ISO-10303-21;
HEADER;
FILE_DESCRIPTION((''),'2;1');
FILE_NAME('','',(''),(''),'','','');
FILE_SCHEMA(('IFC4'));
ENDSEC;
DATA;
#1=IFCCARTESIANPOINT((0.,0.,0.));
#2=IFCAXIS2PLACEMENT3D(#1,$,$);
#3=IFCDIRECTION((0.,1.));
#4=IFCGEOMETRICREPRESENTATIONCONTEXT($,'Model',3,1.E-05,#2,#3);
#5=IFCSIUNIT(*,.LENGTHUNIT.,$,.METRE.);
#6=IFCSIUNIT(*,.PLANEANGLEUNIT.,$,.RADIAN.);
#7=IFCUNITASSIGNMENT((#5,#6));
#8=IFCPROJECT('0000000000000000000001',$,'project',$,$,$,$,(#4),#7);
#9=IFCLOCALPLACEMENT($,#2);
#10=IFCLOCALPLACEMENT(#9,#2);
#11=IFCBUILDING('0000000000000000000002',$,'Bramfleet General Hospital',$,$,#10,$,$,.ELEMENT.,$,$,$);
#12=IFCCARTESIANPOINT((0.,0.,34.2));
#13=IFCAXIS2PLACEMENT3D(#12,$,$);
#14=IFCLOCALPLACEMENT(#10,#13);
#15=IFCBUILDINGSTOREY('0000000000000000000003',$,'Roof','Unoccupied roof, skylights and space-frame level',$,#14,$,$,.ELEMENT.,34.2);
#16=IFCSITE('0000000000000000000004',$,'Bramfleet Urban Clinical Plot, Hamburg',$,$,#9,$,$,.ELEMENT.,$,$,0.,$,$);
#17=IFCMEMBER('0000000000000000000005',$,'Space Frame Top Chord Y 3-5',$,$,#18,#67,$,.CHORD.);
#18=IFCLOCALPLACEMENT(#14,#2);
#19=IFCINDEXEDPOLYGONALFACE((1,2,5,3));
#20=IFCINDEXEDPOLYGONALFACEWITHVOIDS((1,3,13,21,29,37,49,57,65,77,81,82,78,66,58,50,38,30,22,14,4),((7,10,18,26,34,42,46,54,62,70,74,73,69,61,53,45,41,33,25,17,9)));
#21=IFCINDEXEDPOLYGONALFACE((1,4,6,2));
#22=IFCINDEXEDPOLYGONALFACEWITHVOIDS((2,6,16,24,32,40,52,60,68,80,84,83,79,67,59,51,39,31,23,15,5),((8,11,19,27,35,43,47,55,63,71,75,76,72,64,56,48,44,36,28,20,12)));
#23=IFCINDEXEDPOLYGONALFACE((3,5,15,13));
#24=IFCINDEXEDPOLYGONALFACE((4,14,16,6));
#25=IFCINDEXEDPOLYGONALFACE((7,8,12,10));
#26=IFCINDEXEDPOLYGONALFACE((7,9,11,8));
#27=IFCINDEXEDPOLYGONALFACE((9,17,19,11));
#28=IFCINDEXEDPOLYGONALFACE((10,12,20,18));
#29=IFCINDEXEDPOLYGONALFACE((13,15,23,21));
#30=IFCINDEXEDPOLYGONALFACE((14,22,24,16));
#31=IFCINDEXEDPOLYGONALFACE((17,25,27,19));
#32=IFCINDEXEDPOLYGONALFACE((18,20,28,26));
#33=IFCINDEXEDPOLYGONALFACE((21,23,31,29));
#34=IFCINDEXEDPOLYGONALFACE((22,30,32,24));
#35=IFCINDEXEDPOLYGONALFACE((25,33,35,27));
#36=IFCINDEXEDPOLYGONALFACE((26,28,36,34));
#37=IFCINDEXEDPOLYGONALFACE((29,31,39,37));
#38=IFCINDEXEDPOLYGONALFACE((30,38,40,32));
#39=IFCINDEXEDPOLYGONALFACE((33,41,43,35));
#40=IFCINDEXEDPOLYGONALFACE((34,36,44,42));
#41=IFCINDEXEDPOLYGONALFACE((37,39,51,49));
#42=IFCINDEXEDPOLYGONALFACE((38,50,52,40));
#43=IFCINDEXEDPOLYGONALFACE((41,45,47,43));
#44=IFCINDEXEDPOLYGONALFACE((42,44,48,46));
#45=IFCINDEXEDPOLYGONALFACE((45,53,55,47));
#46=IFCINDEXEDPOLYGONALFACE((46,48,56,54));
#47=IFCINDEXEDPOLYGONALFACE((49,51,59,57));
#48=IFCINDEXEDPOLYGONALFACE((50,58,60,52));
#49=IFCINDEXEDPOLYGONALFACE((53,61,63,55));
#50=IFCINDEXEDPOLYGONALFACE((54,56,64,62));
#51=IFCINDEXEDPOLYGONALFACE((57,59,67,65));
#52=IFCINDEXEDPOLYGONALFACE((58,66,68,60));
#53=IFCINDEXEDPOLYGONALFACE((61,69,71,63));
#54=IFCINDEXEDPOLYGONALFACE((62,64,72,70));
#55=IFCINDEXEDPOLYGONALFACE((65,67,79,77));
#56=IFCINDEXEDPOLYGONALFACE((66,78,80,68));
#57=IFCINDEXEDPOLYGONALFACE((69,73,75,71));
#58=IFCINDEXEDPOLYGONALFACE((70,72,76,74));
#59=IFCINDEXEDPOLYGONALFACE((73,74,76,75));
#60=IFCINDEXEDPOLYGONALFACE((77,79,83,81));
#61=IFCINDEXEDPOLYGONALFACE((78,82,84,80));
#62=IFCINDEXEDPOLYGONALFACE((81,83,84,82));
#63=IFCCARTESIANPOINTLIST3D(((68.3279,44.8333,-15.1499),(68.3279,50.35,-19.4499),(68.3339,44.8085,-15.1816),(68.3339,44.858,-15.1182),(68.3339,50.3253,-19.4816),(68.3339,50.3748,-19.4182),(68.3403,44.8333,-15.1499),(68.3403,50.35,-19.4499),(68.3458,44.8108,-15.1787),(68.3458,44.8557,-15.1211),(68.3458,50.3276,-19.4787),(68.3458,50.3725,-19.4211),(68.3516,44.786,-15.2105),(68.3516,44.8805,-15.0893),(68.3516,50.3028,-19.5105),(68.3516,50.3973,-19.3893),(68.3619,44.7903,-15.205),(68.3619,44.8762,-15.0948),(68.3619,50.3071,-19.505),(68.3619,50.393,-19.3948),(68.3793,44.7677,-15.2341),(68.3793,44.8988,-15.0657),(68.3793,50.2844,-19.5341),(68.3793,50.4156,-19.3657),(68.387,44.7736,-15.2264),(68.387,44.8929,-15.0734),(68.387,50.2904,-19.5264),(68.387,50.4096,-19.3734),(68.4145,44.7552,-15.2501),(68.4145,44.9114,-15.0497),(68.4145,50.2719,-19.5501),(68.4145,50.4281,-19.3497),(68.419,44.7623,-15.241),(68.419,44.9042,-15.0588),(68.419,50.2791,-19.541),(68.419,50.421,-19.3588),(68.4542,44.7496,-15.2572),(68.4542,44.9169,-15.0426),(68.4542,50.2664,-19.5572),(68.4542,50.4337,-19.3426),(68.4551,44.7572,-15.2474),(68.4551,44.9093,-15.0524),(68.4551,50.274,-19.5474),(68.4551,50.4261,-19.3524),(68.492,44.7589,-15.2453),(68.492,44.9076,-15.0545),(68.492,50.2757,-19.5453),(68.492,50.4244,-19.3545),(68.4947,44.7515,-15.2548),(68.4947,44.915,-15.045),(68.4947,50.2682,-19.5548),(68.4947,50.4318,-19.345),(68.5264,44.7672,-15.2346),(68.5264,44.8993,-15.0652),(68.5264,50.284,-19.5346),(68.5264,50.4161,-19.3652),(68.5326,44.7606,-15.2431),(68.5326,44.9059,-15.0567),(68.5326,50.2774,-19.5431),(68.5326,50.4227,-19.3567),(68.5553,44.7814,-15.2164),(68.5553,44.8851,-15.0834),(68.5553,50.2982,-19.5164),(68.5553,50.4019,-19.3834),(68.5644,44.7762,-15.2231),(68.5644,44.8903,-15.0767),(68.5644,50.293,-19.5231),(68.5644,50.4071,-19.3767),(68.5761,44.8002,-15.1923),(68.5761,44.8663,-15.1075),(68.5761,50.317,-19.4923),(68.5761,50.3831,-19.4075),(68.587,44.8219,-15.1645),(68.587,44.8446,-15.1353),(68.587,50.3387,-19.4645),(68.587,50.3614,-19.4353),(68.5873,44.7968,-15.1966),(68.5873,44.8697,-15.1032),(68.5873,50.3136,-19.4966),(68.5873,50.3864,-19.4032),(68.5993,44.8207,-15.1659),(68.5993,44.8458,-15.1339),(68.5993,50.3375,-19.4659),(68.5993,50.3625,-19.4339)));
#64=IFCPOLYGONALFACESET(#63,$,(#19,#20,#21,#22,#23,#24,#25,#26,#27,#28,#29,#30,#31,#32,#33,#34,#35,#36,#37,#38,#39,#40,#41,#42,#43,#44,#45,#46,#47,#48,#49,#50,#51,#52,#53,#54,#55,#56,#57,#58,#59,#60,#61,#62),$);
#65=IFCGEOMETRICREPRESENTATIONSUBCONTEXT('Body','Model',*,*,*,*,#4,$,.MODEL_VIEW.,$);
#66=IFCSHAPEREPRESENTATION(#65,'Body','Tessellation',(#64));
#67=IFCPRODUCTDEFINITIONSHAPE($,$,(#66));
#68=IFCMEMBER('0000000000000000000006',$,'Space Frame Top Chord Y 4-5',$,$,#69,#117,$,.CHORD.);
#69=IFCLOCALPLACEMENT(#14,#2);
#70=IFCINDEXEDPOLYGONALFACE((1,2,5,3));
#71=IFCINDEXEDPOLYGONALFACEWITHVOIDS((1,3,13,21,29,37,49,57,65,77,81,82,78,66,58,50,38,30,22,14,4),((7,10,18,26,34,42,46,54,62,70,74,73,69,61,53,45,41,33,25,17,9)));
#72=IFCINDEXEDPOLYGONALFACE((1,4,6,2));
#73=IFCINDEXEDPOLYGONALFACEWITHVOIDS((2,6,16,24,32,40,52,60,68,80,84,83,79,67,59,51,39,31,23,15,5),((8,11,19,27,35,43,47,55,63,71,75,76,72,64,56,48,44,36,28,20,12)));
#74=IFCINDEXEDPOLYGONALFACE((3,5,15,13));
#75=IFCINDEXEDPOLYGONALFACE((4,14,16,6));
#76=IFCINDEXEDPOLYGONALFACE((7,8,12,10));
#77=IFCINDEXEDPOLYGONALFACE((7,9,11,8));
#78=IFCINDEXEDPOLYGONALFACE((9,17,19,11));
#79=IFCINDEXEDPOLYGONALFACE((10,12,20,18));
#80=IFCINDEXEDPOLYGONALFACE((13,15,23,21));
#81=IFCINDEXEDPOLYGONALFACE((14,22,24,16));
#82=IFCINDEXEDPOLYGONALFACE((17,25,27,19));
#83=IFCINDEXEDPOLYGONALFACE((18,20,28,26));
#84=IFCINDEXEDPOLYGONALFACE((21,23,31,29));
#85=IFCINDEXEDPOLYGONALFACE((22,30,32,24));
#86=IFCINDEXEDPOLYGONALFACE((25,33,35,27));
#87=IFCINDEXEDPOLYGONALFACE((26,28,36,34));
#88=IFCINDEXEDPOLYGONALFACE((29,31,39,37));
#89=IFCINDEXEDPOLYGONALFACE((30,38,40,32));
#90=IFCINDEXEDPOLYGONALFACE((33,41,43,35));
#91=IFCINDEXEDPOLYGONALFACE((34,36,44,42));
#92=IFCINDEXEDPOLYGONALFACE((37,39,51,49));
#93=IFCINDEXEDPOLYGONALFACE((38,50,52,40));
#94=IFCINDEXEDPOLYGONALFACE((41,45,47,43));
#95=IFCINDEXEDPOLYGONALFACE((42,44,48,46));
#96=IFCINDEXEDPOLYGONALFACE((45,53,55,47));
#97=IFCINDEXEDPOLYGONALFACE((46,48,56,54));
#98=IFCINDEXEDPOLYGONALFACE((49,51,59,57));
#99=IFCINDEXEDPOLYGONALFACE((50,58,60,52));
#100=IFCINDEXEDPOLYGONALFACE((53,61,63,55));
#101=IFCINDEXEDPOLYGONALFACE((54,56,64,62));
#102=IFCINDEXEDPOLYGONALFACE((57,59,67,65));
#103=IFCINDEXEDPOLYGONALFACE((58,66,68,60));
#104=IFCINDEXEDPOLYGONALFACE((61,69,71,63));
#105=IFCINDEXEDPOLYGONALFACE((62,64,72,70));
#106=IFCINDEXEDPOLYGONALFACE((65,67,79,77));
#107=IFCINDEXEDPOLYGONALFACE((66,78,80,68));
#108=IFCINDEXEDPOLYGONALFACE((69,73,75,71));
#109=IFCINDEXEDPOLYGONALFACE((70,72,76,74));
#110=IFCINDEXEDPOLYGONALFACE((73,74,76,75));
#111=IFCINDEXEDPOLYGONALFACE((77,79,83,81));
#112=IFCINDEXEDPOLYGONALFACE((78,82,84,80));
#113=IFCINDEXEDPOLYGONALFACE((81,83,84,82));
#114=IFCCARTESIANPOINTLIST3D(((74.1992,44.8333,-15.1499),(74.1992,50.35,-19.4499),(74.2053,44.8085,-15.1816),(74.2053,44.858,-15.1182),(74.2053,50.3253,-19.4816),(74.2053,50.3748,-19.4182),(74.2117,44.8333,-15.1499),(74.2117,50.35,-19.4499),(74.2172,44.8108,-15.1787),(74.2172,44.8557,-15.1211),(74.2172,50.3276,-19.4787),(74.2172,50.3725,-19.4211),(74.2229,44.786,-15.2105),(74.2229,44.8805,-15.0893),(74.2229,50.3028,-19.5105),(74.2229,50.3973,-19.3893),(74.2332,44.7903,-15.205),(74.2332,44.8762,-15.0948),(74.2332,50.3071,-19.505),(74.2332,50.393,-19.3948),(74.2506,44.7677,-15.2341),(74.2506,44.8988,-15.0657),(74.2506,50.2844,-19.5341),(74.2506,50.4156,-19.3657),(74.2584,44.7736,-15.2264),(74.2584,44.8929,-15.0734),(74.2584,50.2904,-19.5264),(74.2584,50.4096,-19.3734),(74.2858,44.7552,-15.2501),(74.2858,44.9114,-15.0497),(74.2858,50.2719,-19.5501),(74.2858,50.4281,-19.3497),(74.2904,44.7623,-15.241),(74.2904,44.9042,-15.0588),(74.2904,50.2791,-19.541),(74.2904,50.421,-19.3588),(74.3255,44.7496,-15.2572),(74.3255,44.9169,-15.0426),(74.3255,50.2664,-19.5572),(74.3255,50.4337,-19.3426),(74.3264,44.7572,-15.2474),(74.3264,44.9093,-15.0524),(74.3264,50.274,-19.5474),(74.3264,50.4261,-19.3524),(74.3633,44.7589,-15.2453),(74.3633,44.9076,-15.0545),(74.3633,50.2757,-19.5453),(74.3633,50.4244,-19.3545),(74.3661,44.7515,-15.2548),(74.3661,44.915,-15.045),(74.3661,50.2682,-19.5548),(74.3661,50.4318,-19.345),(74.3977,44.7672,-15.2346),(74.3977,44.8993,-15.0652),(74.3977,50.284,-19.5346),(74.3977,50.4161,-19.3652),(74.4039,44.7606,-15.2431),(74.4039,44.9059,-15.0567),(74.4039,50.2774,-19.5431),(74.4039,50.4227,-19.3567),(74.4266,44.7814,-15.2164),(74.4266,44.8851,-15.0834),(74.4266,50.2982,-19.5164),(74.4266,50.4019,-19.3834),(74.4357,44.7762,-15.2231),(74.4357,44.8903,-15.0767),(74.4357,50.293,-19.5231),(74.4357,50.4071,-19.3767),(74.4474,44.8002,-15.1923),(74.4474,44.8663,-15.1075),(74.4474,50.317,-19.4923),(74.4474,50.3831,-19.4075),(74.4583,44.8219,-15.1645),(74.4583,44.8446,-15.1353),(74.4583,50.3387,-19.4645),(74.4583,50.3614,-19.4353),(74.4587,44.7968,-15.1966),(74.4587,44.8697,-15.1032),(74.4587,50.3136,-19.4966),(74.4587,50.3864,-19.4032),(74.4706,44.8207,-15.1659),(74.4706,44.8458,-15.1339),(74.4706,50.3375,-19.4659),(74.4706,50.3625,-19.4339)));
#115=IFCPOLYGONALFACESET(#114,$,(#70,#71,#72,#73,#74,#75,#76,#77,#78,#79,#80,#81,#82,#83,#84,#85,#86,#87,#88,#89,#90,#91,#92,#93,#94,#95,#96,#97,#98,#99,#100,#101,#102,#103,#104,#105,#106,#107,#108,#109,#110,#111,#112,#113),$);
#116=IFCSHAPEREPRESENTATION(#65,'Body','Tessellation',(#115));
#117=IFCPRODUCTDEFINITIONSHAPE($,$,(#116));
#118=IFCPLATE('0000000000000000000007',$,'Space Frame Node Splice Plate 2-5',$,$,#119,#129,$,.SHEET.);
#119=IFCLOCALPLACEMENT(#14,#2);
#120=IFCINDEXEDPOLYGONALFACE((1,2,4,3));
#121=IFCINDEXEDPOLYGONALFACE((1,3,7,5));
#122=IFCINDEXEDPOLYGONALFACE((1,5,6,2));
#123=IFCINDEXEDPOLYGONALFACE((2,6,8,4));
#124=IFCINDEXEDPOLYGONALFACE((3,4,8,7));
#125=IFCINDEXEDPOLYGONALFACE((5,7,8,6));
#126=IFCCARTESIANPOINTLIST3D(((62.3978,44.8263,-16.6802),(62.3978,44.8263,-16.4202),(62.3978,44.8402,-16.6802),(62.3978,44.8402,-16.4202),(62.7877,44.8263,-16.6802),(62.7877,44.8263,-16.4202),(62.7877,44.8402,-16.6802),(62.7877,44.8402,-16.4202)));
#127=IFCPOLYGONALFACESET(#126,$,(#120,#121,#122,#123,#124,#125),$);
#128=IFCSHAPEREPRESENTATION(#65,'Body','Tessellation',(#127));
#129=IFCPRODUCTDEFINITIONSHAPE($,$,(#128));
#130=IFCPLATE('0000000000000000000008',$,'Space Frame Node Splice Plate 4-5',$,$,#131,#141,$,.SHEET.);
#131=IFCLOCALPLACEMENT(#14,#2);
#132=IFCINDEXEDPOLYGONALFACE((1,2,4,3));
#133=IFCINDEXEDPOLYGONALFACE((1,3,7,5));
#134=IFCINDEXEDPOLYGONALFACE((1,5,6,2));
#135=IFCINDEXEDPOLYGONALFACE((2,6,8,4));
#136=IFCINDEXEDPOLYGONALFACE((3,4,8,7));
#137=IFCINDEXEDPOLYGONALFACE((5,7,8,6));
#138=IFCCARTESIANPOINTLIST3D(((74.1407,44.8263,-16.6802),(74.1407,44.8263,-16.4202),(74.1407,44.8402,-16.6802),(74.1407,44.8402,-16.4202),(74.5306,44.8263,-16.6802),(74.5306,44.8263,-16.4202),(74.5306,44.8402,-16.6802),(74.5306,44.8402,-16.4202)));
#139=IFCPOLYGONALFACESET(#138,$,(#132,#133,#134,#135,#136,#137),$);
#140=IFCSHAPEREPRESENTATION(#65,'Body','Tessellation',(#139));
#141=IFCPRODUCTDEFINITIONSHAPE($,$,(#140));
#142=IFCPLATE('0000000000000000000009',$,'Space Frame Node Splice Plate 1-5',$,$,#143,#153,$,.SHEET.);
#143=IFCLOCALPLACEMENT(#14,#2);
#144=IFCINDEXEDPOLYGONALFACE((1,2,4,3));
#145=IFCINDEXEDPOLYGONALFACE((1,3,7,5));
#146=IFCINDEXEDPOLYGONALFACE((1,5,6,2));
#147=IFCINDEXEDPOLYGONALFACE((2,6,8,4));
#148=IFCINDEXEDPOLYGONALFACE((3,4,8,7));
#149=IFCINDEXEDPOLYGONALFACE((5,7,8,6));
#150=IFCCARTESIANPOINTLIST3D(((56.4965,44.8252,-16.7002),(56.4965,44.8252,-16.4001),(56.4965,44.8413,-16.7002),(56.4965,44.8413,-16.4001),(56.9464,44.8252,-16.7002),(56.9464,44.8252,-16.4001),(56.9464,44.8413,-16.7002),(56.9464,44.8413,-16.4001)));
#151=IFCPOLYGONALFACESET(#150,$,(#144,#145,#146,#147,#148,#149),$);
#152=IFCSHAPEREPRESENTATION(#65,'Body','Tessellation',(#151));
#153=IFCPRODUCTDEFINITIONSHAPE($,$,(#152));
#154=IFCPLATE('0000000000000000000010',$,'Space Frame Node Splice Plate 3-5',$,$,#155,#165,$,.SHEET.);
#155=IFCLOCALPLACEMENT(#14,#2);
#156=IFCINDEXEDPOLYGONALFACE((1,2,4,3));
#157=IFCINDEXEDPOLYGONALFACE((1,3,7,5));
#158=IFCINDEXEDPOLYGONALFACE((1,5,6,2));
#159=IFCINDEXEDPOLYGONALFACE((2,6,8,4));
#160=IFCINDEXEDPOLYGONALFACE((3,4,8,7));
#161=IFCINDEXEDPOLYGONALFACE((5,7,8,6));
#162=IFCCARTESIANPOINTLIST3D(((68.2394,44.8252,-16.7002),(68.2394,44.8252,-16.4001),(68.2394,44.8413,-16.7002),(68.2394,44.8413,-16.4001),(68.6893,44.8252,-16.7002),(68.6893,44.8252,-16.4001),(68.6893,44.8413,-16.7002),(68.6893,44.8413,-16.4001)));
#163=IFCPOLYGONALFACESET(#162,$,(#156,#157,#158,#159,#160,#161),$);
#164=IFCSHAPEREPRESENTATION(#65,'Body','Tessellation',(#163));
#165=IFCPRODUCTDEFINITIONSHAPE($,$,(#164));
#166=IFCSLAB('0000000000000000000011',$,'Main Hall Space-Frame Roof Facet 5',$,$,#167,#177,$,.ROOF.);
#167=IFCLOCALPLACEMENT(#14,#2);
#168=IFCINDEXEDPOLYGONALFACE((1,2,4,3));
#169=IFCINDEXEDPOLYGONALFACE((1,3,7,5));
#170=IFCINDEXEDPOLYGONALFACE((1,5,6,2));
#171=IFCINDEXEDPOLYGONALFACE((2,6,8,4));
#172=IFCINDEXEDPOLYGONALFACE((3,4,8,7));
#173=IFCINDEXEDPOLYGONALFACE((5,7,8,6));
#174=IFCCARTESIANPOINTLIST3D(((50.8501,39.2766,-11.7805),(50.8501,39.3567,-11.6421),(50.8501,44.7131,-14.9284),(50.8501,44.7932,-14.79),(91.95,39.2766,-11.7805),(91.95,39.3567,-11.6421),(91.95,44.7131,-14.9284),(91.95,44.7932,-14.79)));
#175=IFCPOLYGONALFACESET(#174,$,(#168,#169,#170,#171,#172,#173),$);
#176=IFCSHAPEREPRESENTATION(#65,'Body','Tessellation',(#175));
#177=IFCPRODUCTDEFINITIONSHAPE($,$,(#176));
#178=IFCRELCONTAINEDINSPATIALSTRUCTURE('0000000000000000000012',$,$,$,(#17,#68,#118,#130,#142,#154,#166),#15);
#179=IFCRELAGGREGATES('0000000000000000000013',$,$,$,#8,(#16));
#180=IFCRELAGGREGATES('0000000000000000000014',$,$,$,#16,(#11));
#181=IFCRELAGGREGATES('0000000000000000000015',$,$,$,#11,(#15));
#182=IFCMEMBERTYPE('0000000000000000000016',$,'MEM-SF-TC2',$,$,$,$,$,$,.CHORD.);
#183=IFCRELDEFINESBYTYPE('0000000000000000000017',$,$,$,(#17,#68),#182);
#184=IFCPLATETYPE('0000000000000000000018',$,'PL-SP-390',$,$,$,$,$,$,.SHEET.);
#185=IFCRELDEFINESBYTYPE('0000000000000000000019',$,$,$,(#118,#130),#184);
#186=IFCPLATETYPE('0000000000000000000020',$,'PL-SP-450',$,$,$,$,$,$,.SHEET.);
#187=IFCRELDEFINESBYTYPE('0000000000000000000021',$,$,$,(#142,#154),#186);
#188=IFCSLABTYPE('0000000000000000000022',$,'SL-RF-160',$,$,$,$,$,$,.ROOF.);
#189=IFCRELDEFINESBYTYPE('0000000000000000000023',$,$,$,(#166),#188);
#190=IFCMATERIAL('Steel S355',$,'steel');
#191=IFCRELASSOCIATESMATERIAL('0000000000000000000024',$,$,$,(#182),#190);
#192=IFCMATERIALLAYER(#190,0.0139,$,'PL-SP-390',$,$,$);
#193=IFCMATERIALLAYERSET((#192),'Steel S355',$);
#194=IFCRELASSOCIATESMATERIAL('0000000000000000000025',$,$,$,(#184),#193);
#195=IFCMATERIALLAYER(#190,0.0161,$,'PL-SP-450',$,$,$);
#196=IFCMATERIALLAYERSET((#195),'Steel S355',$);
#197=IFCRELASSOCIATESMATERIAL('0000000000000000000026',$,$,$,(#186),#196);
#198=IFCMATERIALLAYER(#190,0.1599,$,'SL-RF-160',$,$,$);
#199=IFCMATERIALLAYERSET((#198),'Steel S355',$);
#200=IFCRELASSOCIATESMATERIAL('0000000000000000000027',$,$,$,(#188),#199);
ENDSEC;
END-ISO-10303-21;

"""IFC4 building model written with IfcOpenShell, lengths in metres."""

from ifc_helpers import new_model, si_unit, direction, frame, origin, origin_2d, place, context, subcontext, project, spatial, polyline, rectangle, hollow_circle, outline, extrude, material, layer, layer_set, material_profile, profile_set, type_object, element, save


model = new_model("IFC4")

# Units and contexts
model_context = context("Model", 3, precision=1e-05, world=origin(), true_north=direction((0.0, 1.0)))
body_context = subcontext(model_context, "Body", "Model", "MODEL_VIEW")
ifc_project = project(units=[si_unit("LENGTHUNIT", "METRE"), si_unit("PLANEANGLEUNIT", "RADIAN")], contexts=[model_context])

# Site, building, storey
site_placement = place(None, origin())
site = spatial("IfcSite", under=ifc_project, at=site_placement, Name="Bramfleet Urban Clinical Plot, Hamburg", CompositionType="ELEMENT", RefElevation=0.0)
building_placement = place(site_placement, origin())
building = spatial("IfcBuilding", under=site, at=building_placement, Name="Bramfleet General Hospital", CompositionType="ELEMENT")
storey_placement = place(building_placement, frame((0.0, 0.0, 34.2)))
storey = spatial("IfcBuildingStorey", under=building, at=storey_placement, Name="Roof", Description="Unoccupied roof, skylights and space-frame level", CompositionType="ELEMENT", Elevation=34.2)

# Members
ifc_material = material(Name="Steel S355", Category="steel")
ifc_material_profile_1 = material_profile(ifc_material, hollow_circle(Radius=0.1365, WallThickness=0.0125, at=origin_2d()), Name="CHS 273.0x12.5")
ifc_profile_set_1 = profile_set([ifc_material_profile_1], Name="Steel S355")
member_type_1 = type_object("IfcMemberType", Name="MEM-SF-TC2", PredefinedType="CHORD", material=ifc_profile_set_1)
for number, where, z_axis, x_axis, name in (
    (1, (68.4644, 44.8333, -15.1499), (0.0, 0.788717, -0.614757), (-1.0, 0.0, 0.0), "Space Frame Top Chord Y 3-5"),
    (2, (74.3357, 44.8333, -15.1499), (0.0, 0.788717, -0.614757), (-1.0, 0.0, 0.0), "Space Frame Top Chord Y 4-5"),
):
    element("IfcMember", number, at=place(storey_placement, frame(where, z_axis=z_axis, x_axis=x_axis)), inside=storey, type_object=member_type_1, Name=name, PredefinedType="CHORD", context=body_context, shape_type="SweptSolid", body=[
        extrude(hollow_circle(Radius=0.1365, WallThickness=0.0125, at=origin_2d()), origin(), (0.0, 0.0, 1.0), 6.9946),
    ])

# Plates
ifc_layer_1 = layer(ifc_material, 0.0139, Name="PL-SP-390")
ifc_layer_set_1 = layer_set([ifc_layer_1], Name="Steel S355")
plate_type_1 = type_object("IfcPlateType", Name="PL-SP-390", PredefinedType="SHEET", material=ifc_layer_set_1)
for number, where, z_axis, x_axis, name in (
    (3, (62.5928, 44.8333, -16.6802), (0.0, 0.0, 1.0), (1.0, 0.0, 0.0), "Space Frame Node Splice Plate 2-5"),
    (4, (74.3357, 44.8333, -16.6802), (0.0, 0.0, 1.0), (1.0, 0.0, 0.0), "Space Frame Node Splice Plate 4-5"),
):
    element("IfcPlate", number, at=place(storey_placement, frame(where, z_axis=z_axis, x_axis=x_axis)), inside=storey, type_object=plate_type_1, Name=name, PredefinedType="SHEET", context=body_context, shape_type="SweptSolid", body=[
        extrude(rectangle(XDim=0.3899, YDim=0.0139, at=origin_2d()), origin(), (0.0, 0.0, 1.0), 0.26),
    ])
ifc_layer_2 = layer(ifc_material, 0.0161, Name="PL-SP-450")
ifc_layer_set_2 = layer_set([ifc_layer_2], Name="Steel S355")
plate_type_2 = type_object("IfcPlateType", Name="PL-SP-450", PredefinedType="SHEET", material=ifc_layer_set_2)
for number, where, z_axis, x_axis, name in (
    (5, (56.7214, 44.8333, -16.7002), (0.0, 0.0, 1.0), (1.0, 0.0, 0.0), "Space Frame Node Splice Plate 1-5"),
    (6, (68.4644, 44.8333, -16.7002), (0.0, 0.0, 1.0), (1.0, 0.0, 0.0), "Space Frame Node Splice Plate 3-5"),
):
    element("IfcPlate", number, at=place(storey_placement, frame(where, z_axis=z_axis, x_axis=x_axis)), inside=storey, type_object=plate_type_2, Name=name, PredefinedType="SHEET", context=body_context, shape_type="SweptSolid", body=[
        extrude(rectangle(XDim=0.45, YDim=0.0161, at=origin_2d()), origin(), (0.0, 0.0, 1.0), 0.3),
    ])

# Slab
ifc_layer_3 = layer(ifc_material, 0.1599, Name="SL-RF-160")
ifc_layer_set_3 = layer_set([ifc_layer_3], Name="Steel S355")
slab_type = type_object("IfcSlabType", Name="SL-RF-160", PredefinedType="ROOF", material=ifc_layer_set_3)
slab_placement = place(storey_placement, frame((50.8501, 39.3567, -11.6421), z_axis=(0.0, 0.501094, 0.865393), x_axis=(1.0, 0.0, 0.0)))
element("IfcSlab", 7, at=slab_placement, inside=storey, type_object=slab_type, Name="Main Hall Space-Frame Roof Facet 5", PredefinedType="ROOF", context=body_context, shape_type="SweptSolid", body=[
    extrude(outline(polyline([(0.0, 0.0), (41.0999, 0.0), (41.0999, 6.2821), (0.0, 6.2821), (0.0, 0.0)])), origin(), (0.0, 0.0, -1.0), 0.1599),
])

save(model, "model.ifc")
